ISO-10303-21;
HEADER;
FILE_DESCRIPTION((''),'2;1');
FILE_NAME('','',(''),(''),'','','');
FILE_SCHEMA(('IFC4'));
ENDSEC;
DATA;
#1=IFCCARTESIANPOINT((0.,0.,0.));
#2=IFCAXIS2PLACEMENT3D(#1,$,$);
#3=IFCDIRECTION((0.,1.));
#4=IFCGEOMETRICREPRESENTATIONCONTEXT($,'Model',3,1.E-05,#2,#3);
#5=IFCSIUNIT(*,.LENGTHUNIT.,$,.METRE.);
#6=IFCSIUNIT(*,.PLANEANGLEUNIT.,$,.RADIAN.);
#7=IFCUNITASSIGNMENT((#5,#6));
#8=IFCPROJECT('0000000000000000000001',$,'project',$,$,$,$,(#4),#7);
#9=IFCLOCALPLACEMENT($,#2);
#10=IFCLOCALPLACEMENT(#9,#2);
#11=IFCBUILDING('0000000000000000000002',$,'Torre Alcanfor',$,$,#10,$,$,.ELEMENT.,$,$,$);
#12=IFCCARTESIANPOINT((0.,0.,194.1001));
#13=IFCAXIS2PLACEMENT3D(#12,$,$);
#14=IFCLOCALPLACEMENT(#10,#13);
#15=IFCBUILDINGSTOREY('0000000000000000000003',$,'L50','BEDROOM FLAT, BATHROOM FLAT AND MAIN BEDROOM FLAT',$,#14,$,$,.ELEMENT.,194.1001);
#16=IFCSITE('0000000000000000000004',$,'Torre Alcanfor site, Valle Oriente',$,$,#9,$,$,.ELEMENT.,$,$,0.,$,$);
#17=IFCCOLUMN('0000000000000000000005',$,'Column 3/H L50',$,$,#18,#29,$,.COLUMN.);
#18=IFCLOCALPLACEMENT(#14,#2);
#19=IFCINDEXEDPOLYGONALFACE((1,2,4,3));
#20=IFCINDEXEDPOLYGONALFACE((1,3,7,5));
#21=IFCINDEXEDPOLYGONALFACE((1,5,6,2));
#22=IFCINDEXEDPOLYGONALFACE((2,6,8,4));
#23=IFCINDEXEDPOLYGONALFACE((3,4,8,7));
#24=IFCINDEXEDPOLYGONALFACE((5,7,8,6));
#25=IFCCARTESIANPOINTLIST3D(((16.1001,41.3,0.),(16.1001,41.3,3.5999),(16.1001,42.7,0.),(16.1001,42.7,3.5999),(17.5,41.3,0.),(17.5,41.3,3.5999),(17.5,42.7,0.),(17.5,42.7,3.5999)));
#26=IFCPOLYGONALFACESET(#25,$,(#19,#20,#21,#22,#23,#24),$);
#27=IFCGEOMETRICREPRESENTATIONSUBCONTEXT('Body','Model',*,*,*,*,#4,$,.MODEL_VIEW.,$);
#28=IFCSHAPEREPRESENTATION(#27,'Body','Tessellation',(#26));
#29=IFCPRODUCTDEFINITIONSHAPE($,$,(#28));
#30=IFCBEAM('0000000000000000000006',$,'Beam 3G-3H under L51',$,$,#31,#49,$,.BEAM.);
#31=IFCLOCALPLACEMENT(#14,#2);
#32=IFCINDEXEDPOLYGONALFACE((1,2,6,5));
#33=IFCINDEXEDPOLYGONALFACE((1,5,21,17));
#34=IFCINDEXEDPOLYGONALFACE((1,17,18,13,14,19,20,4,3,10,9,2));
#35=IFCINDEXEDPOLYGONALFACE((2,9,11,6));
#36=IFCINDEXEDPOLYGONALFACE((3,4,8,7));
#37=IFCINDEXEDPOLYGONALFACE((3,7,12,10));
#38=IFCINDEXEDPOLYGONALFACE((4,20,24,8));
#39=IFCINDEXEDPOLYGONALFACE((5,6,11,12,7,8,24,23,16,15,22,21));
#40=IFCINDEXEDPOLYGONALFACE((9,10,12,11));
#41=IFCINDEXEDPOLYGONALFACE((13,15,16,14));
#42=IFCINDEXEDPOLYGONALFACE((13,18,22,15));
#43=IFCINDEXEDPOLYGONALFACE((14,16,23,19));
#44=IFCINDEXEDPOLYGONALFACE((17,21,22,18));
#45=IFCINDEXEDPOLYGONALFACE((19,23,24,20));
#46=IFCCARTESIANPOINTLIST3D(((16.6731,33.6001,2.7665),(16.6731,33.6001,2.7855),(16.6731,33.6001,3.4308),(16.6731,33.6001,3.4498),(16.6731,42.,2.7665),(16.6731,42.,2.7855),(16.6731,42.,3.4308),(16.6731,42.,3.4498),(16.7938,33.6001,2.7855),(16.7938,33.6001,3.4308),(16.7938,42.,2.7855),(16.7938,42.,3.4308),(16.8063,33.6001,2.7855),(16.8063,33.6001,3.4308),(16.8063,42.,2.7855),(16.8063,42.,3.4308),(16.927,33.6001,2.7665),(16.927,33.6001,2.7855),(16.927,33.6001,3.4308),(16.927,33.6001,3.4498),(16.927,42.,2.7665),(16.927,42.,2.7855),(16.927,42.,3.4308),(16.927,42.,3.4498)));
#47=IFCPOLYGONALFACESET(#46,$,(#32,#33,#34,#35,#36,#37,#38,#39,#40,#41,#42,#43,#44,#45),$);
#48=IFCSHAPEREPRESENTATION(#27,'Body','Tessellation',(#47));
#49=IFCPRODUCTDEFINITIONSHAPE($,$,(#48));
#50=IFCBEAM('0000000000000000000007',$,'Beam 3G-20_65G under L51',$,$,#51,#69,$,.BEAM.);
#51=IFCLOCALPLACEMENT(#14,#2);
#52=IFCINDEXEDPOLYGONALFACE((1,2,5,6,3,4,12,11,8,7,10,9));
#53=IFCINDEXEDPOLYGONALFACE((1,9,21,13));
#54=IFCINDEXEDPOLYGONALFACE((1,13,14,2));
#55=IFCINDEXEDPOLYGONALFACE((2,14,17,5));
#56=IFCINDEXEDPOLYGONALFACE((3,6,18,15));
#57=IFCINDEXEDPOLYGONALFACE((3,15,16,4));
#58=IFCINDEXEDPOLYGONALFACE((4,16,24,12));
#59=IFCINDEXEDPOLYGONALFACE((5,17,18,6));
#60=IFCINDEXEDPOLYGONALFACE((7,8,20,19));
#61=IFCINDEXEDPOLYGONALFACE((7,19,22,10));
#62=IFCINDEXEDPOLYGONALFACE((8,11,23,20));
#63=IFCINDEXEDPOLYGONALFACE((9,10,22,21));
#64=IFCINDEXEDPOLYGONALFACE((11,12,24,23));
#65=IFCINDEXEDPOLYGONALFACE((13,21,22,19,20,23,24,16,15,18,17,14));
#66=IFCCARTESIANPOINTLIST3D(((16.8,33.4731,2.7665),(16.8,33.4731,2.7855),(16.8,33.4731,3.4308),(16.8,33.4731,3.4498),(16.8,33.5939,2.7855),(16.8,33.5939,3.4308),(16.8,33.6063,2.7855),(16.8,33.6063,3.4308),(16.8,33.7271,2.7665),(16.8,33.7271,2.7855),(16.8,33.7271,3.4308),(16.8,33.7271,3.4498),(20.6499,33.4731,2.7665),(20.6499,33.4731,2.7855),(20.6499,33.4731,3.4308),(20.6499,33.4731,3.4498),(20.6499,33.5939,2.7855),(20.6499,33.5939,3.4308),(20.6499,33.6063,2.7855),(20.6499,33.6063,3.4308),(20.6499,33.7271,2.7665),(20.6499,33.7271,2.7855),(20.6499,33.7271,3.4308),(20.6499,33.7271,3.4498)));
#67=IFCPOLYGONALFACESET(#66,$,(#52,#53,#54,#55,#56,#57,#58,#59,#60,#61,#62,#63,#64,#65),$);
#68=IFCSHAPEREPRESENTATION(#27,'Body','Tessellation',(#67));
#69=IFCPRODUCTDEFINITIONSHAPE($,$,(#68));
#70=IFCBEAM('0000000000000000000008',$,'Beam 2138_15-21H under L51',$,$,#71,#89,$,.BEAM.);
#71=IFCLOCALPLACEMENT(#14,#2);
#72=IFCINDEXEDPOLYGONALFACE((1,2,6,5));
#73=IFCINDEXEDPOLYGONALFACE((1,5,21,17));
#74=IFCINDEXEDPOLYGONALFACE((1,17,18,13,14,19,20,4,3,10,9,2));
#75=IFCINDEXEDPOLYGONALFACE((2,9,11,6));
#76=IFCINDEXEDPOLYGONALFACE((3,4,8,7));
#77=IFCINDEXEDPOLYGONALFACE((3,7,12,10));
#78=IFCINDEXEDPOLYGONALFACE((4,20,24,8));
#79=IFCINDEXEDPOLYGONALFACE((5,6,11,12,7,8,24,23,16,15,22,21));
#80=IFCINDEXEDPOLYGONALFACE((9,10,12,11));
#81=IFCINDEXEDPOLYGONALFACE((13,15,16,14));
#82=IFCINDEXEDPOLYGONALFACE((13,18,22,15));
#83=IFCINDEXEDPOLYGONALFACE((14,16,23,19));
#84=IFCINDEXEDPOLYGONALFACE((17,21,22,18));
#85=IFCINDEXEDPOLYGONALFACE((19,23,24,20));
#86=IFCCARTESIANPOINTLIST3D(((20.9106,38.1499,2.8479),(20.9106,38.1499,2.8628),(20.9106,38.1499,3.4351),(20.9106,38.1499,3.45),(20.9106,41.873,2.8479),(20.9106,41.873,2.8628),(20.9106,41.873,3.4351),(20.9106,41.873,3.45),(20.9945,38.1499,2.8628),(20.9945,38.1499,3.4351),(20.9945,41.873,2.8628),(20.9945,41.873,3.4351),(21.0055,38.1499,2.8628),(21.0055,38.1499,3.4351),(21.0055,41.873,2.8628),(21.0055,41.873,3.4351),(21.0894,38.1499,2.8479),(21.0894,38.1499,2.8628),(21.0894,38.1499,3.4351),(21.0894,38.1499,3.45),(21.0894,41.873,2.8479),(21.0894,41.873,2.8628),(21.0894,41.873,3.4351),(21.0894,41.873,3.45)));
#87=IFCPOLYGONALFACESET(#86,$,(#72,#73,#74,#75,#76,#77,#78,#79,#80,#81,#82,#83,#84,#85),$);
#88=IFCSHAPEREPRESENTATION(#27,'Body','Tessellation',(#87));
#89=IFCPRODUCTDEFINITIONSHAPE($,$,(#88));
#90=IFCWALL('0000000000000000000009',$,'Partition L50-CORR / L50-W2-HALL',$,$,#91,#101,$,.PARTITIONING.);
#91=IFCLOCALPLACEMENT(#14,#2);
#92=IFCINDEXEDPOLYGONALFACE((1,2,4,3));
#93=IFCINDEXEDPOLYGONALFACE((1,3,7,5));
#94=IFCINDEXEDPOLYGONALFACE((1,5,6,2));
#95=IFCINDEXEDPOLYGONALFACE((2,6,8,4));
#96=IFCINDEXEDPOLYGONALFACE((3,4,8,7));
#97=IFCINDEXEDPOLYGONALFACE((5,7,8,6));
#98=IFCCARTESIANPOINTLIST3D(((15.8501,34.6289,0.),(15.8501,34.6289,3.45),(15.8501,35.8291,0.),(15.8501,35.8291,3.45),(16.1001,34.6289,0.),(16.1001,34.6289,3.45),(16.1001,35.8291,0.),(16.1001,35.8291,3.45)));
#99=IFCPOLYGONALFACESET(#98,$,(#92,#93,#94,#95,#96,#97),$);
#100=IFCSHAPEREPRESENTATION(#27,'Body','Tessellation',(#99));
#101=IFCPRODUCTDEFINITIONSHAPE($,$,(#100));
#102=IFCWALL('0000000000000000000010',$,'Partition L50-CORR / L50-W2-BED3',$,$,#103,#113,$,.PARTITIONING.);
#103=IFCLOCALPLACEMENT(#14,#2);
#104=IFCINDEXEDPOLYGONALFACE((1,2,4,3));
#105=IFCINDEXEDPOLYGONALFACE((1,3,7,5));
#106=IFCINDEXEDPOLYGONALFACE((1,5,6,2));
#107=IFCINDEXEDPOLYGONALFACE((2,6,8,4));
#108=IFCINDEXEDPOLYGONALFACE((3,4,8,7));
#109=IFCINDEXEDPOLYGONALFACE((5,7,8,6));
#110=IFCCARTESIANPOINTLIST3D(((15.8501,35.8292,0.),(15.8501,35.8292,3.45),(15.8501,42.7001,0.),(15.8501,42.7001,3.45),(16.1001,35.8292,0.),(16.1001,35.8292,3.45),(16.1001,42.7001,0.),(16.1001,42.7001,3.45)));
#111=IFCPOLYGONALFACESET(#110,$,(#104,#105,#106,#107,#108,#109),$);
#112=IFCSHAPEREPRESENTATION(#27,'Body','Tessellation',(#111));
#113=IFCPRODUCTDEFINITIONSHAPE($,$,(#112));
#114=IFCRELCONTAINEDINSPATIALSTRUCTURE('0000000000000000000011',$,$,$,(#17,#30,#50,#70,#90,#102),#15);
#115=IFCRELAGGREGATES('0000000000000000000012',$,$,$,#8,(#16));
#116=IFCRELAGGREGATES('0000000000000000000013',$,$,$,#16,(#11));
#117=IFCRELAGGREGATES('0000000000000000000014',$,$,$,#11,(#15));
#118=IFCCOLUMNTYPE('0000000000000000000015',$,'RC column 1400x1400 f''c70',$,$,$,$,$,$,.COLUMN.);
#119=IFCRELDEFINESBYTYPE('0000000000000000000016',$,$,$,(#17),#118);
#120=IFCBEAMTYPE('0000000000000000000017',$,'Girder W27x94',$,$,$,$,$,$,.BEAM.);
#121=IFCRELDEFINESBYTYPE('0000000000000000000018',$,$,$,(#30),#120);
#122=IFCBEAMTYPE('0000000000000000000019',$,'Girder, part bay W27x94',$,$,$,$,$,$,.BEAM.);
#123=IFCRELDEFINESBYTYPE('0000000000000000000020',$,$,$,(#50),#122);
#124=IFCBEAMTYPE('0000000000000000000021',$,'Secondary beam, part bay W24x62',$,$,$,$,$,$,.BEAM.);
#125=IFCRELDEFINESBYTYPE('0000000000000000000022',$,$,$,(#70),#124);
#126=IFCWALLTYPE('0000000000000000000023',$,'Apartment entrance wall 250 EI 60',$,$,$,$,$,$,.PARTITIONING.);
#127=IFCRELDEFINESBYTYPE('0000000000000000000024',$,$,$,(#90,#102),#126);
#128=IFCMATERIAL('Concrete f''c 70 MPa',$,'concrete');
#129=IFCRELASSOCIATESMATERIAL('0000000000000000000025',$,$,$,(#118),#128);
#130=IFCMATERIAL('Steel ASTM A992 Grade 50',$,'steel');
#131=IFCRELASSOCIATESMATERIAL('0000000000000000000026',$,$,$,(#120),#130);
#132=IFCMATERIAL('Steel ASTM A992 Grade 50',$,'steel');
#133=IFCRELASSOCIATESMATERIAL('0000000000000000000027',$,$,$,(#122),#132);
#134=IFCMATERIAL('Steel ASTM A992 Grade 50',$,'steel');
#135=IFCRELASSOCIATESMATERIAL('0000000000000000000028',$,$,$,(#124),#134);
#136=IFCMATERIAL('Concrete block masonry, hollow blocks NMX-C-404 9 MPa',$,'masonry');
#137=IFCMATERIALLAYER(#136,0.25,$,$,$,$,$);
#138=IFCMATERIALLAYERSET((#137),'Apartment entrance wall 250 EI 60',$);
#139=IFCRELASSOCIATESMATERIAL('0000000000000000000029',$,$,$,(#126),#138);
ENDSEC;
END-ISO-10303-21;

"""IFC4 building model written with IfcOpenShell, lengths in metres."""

from ifc_helpers import new_model, si_unit, direction, frame, frame_2d, origin, origin_2d, place, context, subcontext, project, spatial, rectangle, i_section, extrude, material, layer, layer_set, material_profile, profile_set, type_object, element, save


model = new_model("IFC4")

# Units and contexts
model_context = context("Model", 3, precision=1e-05, world=origin(), true_north=direction((0.0, 1.0)))
body_context = subcontext(model_context, "Body", "Model", "MODEL_VIEW")
ifc_project = project(units=[si_unit("LENGTHUNIT", "METRE"), si_unit("PLANEANGLEUNIT", "RADIAN")], contexts=[model_context])

# Site, building, storey
site_placement = place(None, origin())
site = spatial("IfcSite", under=ifc_project, at=site_placement, Name="Torre Alcanfor site, Valle Oriente", CompositionType="ELEMENT", RefElevation=0.0)
building_placement = place(site_placement, origin())
building = spatial("IfcBuilding", under=site, at=building_placement, Name="Torre Alcanfor", CompositionType="ELEMENT")
storey_placement = place(building_placement, frame((0.0, 0.0, 194.1001)))
storey = spatial("IfcBuildingStorey", under=building, at=storey_placement, Name="L50", Description="BEDROOM FLAT, BATHROOM FLAT AND MAIN BEDROOM FLAT", CompositionType="ELEMENT", Elevation=194.1001)

# Column
ifc_material_1 = material(Name="Concrete f'c 70 MPa", Category="concrete")
ifc_material_profile_1 = material_profile(ifc_material_1, rectangle(XDim=1.3999, YDim=1.3999, at=origin_2d()), Name="1400x1400")
ifc_profile_set_1 = profile_set([ifc_material_profile_1], Name="Concrete f'c 70 MPa")
column_type = type_object("IfcColumnType", Name="RC column 1400x1400 f'c70", PredefinedType="COLUMN", material=ifc_profile_set_1)
column_placement = place(storey_placement, frame((16.8, 42.0, 0.0), z_axis=(0.0, 0.0, 1.0), x_axis=(1.0, 0.0, 0.0)))
element("IfcColumn", 1, at=column_placement, inside=storey, type_object=column_type, Name="Column 3/H L50", PredefinedType="COLUMN", context=body_context, shape_type="SweptSolid", body=[
    extrude(rectangle(XDim=1.3999, YDim=1.3999, at=origin_2d()), origin(), (0.0, 0.0, 1.0), 3.5999),
])

# Beams
ifc_material_2 = material(Name="Steel ASTM A992 Grade 50", Category="steel")
ifc_material_profile_2 = material_profile(ifc_material_2, i_section(OverallWidth=0.2539, OverallDepth=0.6833, WebThickness=0.0125, FlangeThickness=0.019, at=origin_2d()), Name="W27x94")
ifc_profile_set_2 = profile_set([ifc_material_profile_2], Name="Steel ASTM A992 Grade 50")
beam_type_1 = type_object("IfcBeamType", Name="Girder W27x94", PredefinedType="BEAM", material=ifc_profile_set_2)
beam_1_placement = place(storey_placement, frame((16.8, 33.6001, 3.1082), z_axis=(0.0, 1.0, 0.0), x_axis=(-1.0, 0.0, 0.0)))
element("IfcBeam", 2, at=beam_1_placement, inside=storey, type_object=beam_type_1, Name="Beam 3G-3H under L51", PredefinedType="BEAM", context=body_context, shape_type="SweptSolid", body=[
    extrude(i_section(OverallWidth=0.2539, OverallDepth=0.6833, WebThickness=0.0125, FlangeThickness=0.019, at=origin_2d()), origin(), (0.0, 0.0, 1.0), 8.3999),
])
ifc_material_3 = material(Name="Steel ASTM A992 Grade 50", Category="steel")
ifc_material_profile_3 = material_profile(ifc_material_3, i_section(OverallWidth=0.2539, OverallDepth=0.6833, WebThickness=0.0125, FlangeThickness=0.019, at=origin_2d()), Name="W27x94")
ifc_profile_set_3 = profile_set([ifc_material_profile_3], Name="Steel ASTM A992 Grade 50")
beam_type_2 = type_object("IfcBeamType", Name="Girder, part bay W27x94", PredefinedType="BEAM", material=ifc_profile_set_3)
beam_2_placement = place(storey_placement, frame((16.8, 33.6001, 3.1082), z_axis=(1.0, 0.0, 0.0), x_axis=(0.0, 1.0, 0.0)))
element("IfcBeam", 3, at=beam_2_placement, inside=storey, type_object=beam_type_2, Name="Beam 3G-20_65G under L51", PredefinedType="BEAM", context=body_context, shape_type="SweptSolid", body=[
    extrude(i_section(OverallWidth=0.2539, OverallDepth=0.6833, WebThickness=0.0125, FlangeThickness=0.019, at=origin_2d()), origin(), (0.0, 0.0, 1.0), 3.8499),
])
ifc_material_4 = material(Name="Steel ASTM A992 Grade 50", Category="steel")
ifc_material_profile_4 = material_profile(ifc_material_4, i_section(OverallWidth=0.1787, OverallDepth=0.6021, WebThickness=0.011, FlangeThickness=0.0149, at=origin_2d()), Name="W24x62")
ifc_profile_set_4 = profile_set([ifc_material_profile_4], Name="Steel ASTM A992 Grade 50")
beam_type_3 = type_object("IfcBeamType", Name="Secondary beam, part bay W24x62", PredefinedType="BEAM", material=ifc_profile_set_4)
beam_3_placement = place(storey_placement, frame((21.0, 38.1499, 3.1489), z_axis=(0.0, 1.0, 0.0), x_axis=(-1.0, 0.0, 0.0)))
element("IfcBeam", 4, at=beam_3_placement, inside=storey, type_object=beam_type_3, Name="Beam 2138_15-21H under L51", PredefinedType="BEAM", context=body_context, shape_type="SweptSolid", body=[
    extrude(i_section(OverallWidth=0.1787, OverallDepth=0.6021, WebThickness=0.011, FlangeThickness=0.0149, at=origin_2d()), origin(), (0.0, 0.0, 1.0), 3.7231),
])

# Walls
ifc_material_5 = material(Name="Concrete block masonry, hollow blocks NMX-C-404 9 MPa", Category="masonry")
ifc_layer_1 = layer(ifc_material_5, 0.25)
ifc_layer_set_1 = layer_set([ifc_layer_1], Name="Apartment entrance wall 250 EI 60")
wall_type_1 = type_object("IfcWallType", Name="Apartment entrance wall 250 EI 60", PredefinedType="PARTITIONING", material=ifc_layer_set_1)
wall_1_placement = place(storey_placement, frame((15.9751, 34.6289, 0.0), z_axis=(0.0, 0.0, 1.0), x_axis=(0.0, 1.0, 0.0)))
element("IfcWall", 5, at=wall_1_placement, inside=storey, type_object=wall_type_1, Name="Partition L50-CORR / L50-W2-HALL", PredefinedType="PARTITIONING", context=body_context, shape_type="SweptSolid", body=[
    extrude(rectangle(XDim=1.2002, YDim=0.25, at=frame_2d((0.6001, 0.0))), origin(), (0.0, 0.0, 1.0), 3.45),
])
wall_2_placement = place(storey_placement, frame((15.9751, 35.8291, 0.0), z_axis=(0.0, 0.0, 1.0), x_axis=(0.0, 1.0, 0.0)))
element("IfcWall", 6, at=wall_2_placement, inside=storey, type_object=wall_type_1, Name="Partition L50-CORR / L50-W2-BED3", PredefinedType="PARTITIONING", context=body_context, shape_type="SweptSolid", body=[
    extrude(rectangle(XDim=6.8708, YDim=0.25, at=frame_2d((3.4355, 0.0))), origin(), (0.0, 0.0, 1.0), 3.45),
])

save(model, "model.ifc")
